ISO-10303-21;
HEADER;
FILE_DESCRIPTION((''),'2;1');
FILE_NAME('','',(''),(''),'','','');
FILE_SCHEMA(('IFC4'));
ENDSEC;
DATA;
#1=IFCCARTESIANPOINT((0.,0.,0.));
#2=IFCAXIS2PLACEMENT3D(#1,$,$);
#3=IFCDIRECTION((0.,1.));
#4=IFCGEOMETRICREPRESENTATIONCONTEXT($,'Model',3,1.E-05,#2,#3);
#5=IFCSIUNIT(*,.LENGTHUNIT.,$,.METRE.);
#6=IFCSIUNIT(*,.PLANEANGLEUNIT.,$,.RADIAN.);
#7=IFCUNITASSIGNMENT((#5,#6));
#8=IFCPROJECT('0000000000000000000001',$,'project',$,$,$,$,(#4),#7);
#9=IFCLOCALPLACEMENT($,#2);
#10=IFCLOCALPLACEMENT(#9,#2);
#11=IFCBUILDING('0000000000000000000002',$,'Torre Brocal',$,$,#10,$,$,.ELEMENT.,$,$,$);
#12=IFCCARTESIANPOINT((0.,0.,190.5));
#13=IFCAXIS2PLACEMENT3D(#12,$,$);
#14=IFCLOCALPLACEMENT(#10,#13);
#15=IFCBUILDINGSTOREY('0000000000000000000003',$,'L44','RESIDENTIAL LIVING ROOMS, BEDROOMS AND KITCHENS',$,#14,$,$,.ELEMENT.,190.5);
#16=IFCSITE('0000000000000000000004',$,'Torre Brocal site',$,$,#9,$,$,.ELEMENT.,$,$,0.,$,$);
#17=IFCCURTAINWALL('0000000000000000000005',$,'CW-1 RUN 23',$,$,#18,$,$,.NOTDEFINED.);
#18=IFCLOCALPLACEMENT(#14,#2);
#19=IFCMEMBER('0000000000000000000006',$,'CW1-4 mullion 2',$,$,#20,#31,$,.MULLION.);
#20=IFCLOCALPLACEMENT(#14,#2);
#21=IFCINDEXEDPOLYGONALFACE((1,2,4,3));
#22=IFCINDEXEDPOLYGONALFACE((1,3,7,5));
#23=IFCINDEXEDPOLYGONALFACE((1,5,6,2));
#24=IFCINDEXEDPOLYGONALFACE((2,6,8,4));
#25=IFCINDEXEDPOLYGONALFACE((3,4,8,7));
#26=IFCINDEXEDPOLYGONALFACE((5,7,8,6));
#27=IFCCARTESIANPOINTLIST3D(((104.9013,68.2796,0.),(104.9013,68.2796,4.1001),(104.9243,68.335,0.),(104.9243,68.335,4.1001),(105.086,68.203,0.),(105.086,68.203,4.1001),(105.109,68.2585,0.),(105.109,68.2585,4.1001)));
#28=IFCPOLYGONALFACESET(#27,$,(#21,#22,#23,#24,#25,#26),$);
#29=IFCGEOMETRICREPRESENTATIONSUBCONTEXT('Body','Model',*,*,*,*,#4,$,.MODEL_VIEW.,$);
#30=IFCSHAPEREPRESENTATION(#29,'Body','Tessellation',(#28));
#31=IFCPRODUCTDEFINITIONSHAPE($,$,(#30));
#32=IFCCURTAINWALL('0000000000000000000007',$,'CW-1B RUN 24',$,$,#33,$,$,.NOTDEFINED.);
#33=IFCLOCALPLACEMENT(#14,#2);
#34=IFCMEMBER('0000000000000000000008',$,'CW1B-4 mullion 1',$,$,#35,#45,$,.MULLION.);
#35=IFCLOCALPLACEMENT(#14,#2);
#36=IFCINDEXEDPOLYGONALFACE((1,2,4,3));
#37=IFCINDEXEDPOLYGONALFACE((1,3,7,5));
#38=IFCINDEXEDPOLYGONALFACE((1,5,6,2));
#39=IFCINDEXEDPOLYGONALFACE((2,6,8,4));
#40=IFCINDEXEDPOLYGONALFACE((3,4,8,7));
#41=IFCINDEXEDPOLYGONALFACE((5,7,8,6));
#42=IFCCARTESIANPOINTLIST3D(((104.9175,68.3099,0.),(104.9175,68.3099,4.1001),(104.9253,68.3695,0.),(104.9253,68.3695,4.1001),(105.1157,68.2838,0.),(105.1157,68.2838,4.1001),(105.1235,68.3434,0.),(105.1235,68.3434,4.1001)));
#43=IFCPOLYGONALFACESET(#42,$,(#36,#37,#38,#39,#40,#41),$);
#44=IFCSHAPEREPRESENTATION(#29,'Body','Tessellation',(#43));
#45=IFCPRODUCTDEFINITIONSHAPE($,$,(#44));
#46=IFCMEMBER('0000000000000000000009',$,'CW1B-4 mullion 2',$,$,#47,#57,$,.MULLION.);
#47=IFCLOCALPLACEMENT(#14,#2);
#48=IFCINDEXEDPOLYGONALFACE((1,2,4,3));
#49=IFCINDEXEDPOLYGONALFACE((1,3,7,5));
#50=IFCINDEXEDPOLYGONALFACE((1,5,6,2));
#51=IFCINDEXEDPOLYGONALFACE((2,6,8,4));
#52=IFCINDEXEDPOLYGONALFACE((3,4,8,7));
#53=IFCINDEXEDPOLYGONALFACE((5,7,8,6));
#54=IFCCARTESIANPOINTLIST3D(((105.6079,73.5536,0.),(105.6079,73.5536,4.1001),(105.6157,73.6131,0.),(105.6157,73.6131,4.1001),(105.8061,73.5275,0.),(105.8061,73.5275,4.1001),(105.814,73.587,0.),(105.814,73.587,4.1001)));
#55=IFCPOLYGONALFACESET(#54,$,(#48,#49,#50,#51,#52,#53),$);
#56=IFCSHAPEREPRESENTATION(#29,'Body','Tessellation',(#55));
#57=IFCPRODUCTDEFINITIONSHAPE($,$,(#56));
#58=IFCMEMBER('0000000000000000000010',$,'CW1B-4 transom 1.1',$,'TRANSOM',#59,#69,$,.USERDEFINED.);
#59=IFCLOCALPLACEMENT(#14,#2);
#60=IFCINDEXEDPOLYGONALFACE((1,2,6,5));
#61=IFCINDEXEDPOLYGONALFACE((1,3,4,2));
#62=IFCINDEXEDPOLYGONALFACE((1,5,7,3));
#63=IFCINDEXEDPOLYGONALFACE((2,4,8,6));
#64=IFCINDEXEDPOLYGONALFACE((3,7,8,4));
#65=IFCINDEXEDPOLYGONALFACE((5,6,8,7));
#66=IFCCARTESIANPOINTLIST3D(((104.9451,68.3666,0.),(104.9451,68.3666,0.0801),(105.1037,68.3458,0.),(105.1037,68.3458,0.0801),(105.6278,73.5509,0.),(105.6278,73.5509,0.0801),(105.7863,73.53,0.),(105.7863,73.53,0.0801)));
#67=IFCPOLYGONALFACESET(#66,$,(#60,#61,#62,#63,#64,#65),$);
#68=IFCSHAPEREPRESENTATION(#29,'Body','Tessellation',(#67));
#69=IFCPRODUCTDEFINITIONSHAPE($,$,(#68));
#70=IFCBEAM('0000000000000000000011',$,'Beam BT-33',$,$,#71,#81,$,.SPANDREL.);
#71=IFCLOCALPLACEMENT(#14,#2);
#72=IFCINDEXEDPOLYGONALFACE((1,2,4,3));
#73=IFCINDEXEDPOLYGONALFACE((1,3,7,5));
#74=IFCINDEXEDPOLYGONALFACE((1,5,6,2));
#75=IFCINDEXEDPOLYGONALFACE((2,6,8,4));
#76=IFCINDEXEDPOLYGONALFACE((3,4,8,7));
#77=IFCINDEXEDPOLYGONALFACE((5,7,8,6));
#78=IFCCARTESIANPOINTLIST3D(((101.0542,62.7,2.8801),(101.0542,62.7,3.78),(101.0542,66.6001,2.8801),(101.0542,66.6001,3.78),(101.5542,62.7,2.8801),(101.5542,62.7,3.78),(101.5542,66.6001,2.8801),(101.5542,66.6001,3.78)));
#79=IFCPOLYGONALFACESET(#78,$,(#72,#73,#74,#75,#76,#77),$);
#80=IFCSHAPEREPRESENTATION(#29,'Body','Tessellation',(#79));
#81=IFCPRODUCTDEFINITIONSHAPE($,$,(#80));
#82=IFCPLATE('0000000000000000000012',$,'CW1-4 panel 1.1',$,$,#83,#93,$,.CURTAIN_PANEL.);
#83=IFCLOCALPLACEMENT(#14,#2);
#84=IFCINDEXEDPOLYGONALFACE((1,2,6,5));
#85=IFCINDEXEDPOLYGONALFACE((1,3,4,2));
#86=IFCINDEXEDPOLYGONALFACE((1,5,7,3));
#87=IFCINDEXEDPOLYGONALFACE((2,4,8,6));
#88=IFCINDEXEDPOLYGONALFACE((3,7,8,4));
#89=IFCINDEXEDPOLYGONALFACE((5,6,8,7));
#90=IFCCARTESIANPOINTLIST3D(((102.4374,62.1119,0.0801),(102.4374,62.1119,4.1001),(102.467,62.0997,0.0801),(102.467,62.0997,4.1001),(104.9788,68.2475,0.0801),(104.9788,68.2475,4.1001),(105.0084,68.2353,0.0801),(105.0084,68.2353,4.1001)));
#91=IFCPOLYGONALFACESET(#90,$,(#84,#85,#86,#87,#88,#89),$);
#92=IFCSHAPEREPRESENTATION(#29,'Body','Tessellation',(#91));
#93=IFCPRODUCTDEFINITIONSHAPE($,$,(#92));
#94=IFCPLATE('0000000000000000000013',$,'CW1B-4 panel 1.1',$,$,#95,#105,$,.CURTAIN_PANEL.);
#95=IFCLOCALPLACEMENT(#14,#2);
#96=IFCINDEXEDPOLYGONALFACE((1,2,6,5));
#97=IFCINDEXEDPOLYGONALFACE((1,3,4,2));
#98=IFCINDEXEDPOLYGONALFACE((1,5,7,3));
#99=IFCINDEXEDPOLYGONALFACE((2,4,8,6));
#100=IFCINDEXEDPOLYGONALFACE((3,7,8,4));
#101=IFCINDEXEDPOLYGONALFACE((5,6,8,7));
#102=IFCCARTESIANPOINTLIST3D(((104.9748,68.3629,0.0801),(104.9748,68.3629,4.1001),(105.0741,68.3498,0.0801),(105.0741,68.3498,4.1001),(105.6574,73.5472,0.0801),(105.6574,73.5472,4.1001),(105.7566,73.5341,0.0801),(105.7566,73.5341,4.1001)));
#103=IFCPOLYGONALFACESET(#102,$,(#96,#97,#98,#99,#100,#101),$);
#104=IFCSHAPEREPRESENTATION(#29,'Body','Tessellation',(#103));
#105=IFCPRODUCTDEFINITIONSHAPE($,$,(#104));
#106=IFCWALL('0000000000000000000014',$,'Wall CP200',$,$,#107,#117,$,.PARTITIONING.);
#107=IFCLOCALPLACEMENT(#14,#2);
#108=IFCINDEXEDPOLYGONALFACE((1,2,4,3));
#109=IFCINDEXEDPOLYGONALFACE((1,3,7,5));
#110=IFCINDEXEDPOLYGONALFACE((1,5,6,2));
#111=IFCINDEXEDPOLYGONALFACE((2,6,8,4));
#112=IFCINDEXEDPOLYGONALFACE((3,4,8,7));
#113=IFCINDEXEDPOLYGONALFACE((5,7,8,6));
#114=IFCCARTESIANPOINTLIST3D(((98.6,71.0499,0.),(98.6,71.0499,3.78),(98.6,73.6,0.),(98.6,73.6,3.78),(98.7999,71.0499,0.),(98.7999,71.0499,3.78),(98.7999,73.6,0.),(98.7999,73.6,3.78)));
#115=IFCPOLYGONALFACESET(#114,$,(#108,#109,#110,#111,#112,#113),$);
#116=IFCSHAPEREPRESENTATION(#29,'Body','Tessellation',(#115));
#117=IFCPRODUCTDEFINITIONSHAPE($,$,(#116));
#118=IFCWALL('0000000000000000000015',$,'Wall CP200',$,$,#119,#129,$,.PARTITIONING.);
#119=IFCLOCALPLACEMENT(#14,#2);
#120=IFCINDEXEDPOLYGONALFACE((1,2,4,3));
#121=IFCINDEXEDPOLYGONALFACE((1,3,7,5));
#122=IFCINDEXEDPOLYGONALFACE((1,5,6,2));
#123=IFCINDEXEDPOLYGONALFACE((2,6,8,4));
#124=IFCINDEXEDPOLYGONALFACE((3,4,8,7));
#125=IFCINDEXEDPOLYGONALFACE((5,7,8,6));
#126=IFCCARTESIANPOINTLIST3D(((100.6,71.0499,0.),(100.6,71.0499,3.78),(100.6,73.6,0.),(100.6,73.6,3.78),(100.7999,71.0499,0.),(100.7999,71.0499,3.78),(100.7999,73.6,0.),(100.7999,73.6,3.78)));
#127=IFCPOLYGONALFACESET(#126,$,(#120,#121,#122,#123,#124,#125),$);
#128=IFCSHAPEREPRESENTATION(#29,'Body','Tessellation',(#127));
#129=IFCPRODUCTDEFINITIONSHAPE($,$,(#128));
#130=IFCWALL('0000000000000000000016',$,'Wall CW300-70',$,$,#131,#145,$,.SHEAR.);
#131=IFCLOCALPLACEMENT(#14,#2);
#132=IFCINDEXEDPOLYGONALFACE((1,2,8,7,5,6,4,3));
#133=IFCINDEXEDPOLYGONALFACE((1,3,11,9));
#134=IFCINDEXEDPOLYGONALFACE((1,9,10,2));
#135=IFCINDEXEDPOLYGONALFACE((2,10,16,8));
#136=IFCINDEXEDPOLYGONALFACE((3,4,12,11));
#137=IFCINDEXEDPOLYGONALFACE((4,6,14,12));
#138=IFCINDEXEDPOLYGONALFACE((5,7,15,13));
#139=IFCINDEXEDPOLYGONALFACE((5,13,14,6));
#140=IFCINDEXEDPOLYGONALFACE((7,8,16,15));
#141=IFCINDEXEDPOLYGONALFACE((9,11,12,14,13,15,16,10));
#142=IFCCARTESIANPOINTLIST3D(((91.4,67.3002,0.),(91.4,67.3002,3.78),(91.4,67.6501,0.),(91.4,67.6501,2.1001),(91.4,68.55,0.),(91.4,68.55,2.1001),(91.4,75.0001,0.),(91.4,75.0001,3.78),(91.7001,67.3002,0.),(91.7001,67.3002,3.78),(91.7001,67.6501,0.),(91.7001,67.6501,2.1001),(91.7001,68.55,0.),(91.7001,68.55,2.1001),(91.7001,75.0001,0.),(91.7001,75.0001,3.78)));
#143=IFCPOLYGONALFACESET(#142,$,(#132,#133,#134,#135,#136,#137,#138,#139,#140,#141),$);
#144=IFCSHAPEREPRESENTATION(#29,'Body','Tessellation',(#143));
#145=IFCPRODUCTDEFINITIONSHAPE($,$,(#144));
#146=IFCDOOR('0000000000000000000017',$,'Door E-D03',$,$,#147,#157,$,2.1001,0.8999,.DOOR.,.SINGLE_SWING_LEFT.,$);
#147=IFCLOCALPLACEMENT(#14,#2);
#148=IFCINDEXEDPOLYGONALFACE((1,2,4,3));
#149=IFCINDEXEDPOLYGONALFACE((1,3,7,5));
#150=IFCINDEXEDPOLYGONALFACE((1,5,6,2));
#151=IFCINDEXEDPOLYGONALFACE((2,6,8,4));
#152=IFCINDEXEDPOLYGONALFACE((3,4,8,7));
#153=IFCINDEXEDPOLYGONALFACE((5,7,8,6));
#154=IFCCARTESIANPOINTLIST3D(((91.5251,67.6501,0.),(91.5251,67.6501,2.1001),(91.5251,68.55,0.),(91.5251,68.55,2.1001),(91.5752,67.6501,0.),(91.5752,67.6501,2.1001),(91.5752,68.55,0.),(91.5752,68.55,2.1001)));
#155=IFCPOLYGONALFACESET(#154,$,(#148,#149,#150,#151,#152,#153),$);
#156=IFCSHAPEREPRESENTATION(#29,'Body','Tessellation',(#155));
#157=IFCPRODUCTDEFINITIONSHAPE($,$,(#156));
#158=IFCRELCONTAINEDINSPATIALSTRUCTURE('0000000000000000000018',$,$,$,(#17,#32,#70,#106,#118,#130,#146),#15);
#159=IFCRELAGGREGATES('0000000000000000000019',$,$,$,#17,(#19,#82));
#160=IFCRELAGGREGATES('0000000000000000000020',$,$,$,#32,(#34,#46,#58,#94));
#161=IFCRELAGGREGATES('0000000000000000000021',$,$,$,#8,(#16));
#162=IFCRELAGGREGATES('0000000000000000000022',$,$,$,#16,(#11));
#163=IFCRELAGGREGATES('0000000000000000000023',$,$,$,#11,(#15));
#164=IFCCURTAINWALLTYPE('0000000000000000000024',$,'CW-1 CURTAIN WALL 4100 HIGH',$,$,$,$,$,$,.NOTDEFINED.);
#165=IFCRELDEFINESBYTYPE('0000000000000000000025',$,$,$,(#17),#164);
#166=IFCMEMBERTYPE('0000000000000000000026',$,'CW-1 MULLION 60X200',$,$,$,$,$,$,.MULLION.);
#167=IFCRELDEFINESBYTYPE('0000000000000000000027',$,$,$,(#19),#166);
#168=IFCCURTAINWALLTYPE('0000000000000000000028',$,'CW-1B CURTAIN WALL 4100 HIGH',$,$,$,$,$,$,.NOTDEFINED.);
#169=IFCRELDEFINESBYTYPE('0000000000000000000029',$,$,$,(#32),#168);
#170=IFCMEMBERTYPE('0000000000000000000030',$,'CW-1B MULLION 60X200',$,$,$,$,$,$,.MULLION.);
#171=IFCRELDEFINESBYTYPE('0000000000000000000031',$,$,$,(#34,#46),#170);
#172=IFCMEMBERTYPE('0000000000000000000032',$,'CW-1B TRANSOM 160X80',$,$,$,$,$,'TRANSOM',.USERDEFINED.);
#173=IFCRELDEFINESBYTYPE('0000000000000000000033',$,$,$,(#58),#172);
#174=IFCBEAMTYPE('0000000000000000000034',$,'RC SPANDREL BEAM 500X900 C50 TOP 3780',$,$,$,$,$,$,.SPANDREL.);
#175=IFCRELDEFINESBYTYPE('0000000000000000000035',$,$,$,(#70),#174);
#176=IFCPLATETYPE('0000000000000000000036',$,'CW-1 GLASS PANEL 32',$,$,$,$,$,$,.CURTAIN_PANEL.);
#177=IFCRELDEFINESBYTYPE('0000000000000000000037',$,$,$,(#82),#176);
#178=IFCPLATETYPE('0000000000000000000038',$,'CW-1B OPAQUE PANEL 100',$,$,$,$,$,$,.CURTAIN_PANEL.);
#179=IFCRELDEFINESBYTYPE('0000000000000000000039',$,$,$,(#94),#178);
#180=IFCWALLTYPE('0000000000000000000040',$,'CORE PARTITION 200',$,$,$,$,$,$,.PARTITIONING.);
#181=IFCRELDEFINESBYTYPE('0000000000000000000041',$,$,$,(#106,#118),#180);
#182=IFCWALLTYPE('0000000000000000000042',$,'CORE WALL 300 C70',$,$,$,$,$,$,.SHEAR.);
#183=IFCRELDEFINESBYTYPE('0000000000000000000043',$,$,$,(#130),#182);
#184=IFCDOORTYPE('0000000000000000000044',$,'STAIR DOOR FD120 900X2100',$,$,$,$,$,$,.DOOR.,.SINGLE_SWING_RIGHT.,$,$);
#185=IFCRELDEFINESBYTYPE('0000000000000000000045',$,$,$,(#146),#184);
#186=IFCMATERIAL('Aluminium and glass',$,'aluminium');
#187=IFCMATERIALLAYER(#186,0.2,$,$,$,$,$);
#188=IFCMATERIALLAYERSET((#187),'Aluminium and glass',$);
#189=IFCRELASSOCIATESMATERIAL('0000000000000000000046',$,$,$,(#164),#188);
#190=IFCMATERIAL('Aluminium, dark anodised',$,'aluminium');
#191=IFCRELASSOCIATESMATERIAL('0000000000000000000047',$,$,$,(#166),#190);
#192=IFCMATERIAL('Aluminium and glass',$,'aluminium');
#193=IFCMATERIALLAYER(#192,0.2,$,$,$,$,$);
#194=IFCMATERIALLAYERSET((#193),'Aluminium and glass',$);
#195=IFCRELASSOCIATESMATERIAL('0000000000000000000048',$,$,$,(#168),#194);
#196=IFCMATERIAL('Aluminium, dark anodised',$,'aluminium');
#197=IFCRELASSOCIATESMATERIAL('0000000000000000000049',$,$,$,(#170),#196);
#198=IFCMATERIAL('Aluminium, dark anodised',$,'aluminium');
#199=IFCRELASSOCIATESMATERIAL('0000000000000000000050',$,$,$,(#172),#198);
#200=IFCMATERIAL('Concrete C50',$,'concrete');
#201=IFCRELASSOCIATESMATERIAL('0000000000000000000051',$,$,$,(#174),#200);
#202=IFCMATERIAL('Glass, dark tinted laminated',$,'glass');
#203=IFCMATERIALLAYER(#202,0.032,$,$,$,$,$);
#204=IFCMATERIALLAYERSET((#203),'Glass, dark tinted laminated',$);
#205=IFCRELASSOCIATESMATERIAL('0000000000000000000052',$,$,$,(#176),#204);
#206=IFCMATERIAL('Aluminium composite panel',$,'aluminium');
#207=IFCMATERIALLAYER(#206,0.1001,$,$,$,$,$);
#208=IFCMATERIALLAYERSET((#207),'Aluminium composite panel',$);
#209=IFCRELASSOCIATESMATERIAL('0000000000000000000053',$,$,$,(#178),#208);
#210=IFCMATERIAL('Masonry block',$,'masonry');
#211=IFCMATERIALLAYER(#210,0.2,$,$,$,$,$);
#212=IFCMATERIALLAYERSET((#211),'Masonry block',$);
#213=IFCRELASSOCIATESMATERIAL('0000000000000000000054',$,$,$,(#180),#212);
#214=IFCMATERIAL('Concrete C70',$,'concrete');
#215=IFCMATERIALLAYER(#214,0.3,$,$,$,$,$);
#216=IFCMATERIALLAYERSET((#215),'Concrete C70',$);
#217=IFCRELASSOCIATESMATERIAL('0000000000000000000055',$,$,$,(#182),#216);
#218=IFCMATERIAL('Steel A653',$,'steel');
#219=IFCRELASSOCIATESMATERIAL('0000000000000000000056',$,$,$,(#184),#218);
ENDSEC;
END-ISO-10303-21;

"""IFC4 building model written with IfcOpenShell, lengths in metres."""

from ifc_helpers import new_model, si_unit, direction, frame, frame_2d, origin, origin_2d, place, context, subcontext, project, spatial, rectangle, extrude, material, layer, layer_set, material_profile, profile_set, type_object, element, fill, aggregate, save


model = new_model("IFC4")

# Units and contexts
model_context = context("Model", 3, precision=1e-05, world=origin(), true_north=direction((0.0, 1.0)))
body_context = subcontext(model_context, "Body", "Model", "MODEL_VIEW")
ifc_project = project(units=[si_unit("LENGTHUNIT", "METRE"), si_unit("PLANEANGLEUNIT", "RADIAN")], contexts=[model_context])

# Site, building, storey
site_placement = place(None, origin())
site = spatial("IfcSite", under=ifc_project, at=site_placement, Name="Torre Brocal site", CompositionType="ELEMENT", RefElevation=0.0)
building_placement = place(site_placement, origin())
building = spatial("IfcBuilding", under=site, at=building_placement, Name="Torre Brocal", CompositionType="ELEMENT")
storey_placement = place(building_placement, frame((0.0, 0.0, 190.5)))
storey = spatial("IfcBuildingStorey", under=building, at=storey_placement, Name="L44", Description="RESIDENTIAL LIVING ROOMS, BEDROOMS AND KITCHENS", CompositionType="ELEMENT", Elevation=190.5)

# Curtain wall, member
ifc_material_1 = material(Name="Aluminium and glass", Category="aluminium")
ifc_layer_1 = layer(ifc_material_1, 0.2)
ifc_layer_set_1 = layer_set([ifc_layer_1], Name="Aluminium and glass")
curtain_wall_type_1 = type_object("IfcCurtainWallType", Name="CW-1 CURTAIN WALL 4100 HIGH", PredefinedType="NOTDEFINED", material=ifc_layer_set_1)
curtain_wall_1_placement = place(storey_placement, origin())
curtain_wall_1 = element("IfcCurtainWall", 1, at=curtain_wall_1_placement, inside=storey, type_object=curtain_wall_type_1, Name="CW-1 RUN 23", PredefinedType="NOTDEFINED")
ifc_material_2 = material(Name="Aluminium, dark anodised", Category="aluminium")
ifc_material_profile_1 = material_profile(ifc_material_2, rectangle(XDim=0.2, YDim=0.0601, at=origin_2d()), Name="CW-1 MULLION 60X200")
ifc_profile_set_1 = profile_set([ifc_material_profile_1], Name="Aluminium, dark anodised")
member_type_1 = type_object("IfcMemberType", Name="CW-1 MULLION 60X200", PredefinedType="MULLION", material=ifc_profile_set_1)
member_1_placement = place(storey_placement, frame((105.0051, 68.269, 0.0), z_axis=(0.0, 0.0, 1.0), x_axis=(-0.92388, 0.382683, 0.0)))
member_1 = element("IfcMember", 2, at=member_1_placement, type_object=member_type_1, Name="CW1-4 mullion 2", PredefinedType="MULLION", context=body_context, shape_type="SweptSolid", body=[
    extrude(rectangle(XDim=0.2, YDim=0.0601, at=origin_2d()), origin(), (0.0, 0.0, 1.0), 4.1001),
])

# Curtain wall, members
ifc_material_3 = material(Name="Aluminium and glass", Category="aluminium")
ifc_layer_2 = layer(ifc_material_3, 0.2)
ifc_layer_set_2 = layer_set([ifc_layer_2], Name="Aluminium and glass")
curtain_wall_type_2 = type_object("IfcCurtainWallType", Name="CW-1B CURTAIN WALL 4100 HIGH", PredefinedType="NOTDEFINED", material=ifc_layer_set_2)
curtain_wall_2_placement = place(storey_placement, origin())
curtain_wall_2 = element("IfcCurtainWall", 3, at=curtain_wall_2_placement, inside=storey, type_object=curtain_wall_type_2, Name="CW-1B RUN 24", PredefinedType="NOTDEFINED")
ifc_material_4 = material(Name="Aluminium, dark anodised", Category="aluminium")
ifc_material_profile_2 = material_profile(ifc_material_4, rectangle(XDim=0.2, YDim=0.0601, at=origin_2d()), Name="CW-1B MULLION 60X200")
ifc_profile_set_2 = profile_set([ifc_material_profile_2], Name="Aluminium, dark anodised")
member_type_2 = type_object("IfcMemberType", Name="CW-1B MULLION 60X200", PredefinedType="MULLION", material=ifc_profile_set_2)
member_2_placement = place(storey_placement, frame((105.0205, 68.3267, 0.0), z_axis=(0.0, 0.0, 1.0), x_axis=(-0.991445, 0.130526, 0.0)))
member_2 = element("IfcMember", 4, at=member_2_placement, type_object=member_type_2, Name="CW1B-4 mullion 1", PredefinedType="MULLION", context=body_context, shape_type="SweptSolid", body=[
    extrude(rectangle(XDim=0.2, YDim=0.0601, at=origin_2d()), origin(), (0.0, 0.0, 1.0), 4.1001),
])
member_3_placement = place(storey_placement, frame((105.7109, 73.5703, 0.0), z_axis=(0.0, 0.0, 1.0), x_axis=(-0.991445, 0.130526, 0.0)))
member_3 = element("IfcMember", 5, at=member_3_placement, type_object=member_type_2, Name="CW1B-4 mullion 2", PredefinedType="MULLION", context=body_context, shape_type="SweptSolid", body=[
    extrude(rectangle(XDim=0.2, YDim=0.0601, at=origin_2d()), origin(), (0.0, 0.0, 1.0), 4.1001),
])
ifc_material_5 = material(Name="Aluminium, dark anodised", Category="aluminium")
ifc_material_profile_3 = material_profile(ifc_material_5, rectangle(XDim=0.1599, YDim=0.0801, at=origin_2d()), Name="CW-1B TRANSOM 160X80")
ifc_profile_set_3 = profile_set([ifc_material_profile_3], Name="Aluminium, dark anodised")
member_type_3 = type_object("IfcMemberType", Name="CW-1B TRANSOM 160X80", ElementType="TRANSOM", PredefinedType="USERDEFINED", material=ifc_profile_set_3)
member_4_placement = place(storey_placement, frame((105.0244, 68.3562, 0.04), z_axis=(0.130543, 0.991443, 0.0), x_axis=(-0.991443, 0.130543, 0.0)))
member_4 = element("IfcMember", 6, at=member_4_placement, type_object=member_type_3, Name="CW1B-4 transom 1.1", ObjectType="TRANSOM", PredefinedType="USERDEFINED", context=body_context, shape_type="SweptSolid", body=[
    extrude(rectangle(XDim=0.1599, YDim=0.0801, at=origin_2d()), origin(), (0.0, 0.0, 1.0), 5.229),
])

# Beam
ifc_material_6 = material(Name="Concrete C50", Category="concrete")
ifc_material_profile_4 = material_profile(ifc_material_6, rectangle(XDim=0.5, YDim=0.8999, at=origin_2d()), Name="RC 500X900")
ifc_profile_set_4 = profile_set([ifc_material_profile_4], Name="Concrete C50")
beam_type = type_object("IfcBeamType", Name="RC SPANDREL BEAM 500X900 C50 TOP 3780", PredefinedType="SPANDREL", material=ifc_profile_set_4)
beam_placement = place(storey_placement, frame((101.3042, 62.7, 3.3301), z_axis=(0.0, 1.0, 0.0), x_axis=(-1.0, 0.0, 0.0)))
element("IfcBeam", 7, at=beam_placement, inside=storey, type_object=beam_type, Name="Beam BT-33", PredefinedType="SPANDREL", context=body_context, shape_type="SweptSolid", body=[
    extrude(rectangle(XDim=0.5, YDim=0.8999, at=origin_2d()), origin(), (0.0, 0.0, 1.0), 3.9001),
])

# Plates
ifc_material_7 = material(Name="Glass, dark tinted laminated", Category="glass")
ifc_layer_3 = layer(ifc_material_7, 0.032)
ifc_layer_set_3 = layer_set([ifc_layer_3], Name="Glass, dark tinted laminated")
plate_type_1 = type_object("IfcPlateType", Name="CW-1 GLASS PANEL 32", PredefinedType="CURTAIN_PANEL", material=ifc_layer_set_3)
plate_1_placement = place(storey_placement, frame((103.7229, 65.1736, 0.0801), z_axis=(0.0, 0.0, 1.0), x_axis=(0.382683, 0.92388, 0.0)))
plate_1 = element("IfcPlate", 8, at=plate_1_placement, type_object=plate_type_1, Name="CW1-4 panel 1.1", PredefinedType="CURTAIN_PANEL", context=body_context, shape_type="SweptSolid", body=[
    extrude(rectangle(XDim=6.6411, YDim=0.032, at=origin_2d()), origin(), (0.0, 0.0, 1.0), 4.02),
])
aggregate(curtain_wall_1, [member_1, plate_1])
ifc_material_8 = material(Name="Aluminium composite panel", Category="aluminium")
ifc_layer_4 = layer(ifc_material_8, 0.1001)
ifc_layer_set_4 = layer_set([ifc_layer_4], Name="Aluminium composite panel")
plate_type_2 = type_object("IfcPlateType", Name="CW-1B OPAQUE PANEL 100", PredefinedType="CURTAIN_PANEL", material=ifc_layer_set_4)
plate_2_placement = place(storey_placement, frame((105.3657, 70.9485, 0.0801), z_axis=(0.0, 0.0, 1.0), x_axis=(0.130526, 0.991445, 0.0)))
plate_2 = element("IfcPlate", 9, at=plate_2_placement, type_object=plate_type_2, Name="CW1B-4 panel 1.1", PredefinedType="CURTAIN_PANEL", context=body_context, shape_type="SweptSolid", body=[
    extrude(rectangle(XDim=5.229, YDim=0.1001, at=origin_2d()), origin(), (0.0, 0.0, 1.0), 4.02),
])
aggregate(curtain_wall_2, [member_2, member_3, member_4, plate_2])

# Walls
ifc_material_9 = material(Name="Masonry block", Category="masonry")
ifc_layer_5 = layer(ifc_material_9, 0.2)
ifc_layer_set_5 = layer_set([ifc_layer_5], Name="Masonry block")
wall_type_1 = type_object("IfcWallType", Name="CORE PARTITION 200", PredefinedType="PARTITIONING", material=ifc_layer_set_5)
for number, where, z_axis, x_axis, name in (
    (10, (98.7, 71.05, 0.0), (0.0, 0.0, 1.0), (0.0, 1.0, 0.0), "Wall CP200"),
    (11, (100.7, 71.05, 0.0), (0.0, 0.0, 1.0), (0.0, 1.0, 0.0), "Wall CP200"),
):
    element("IfcWall", number, at=place(storey_placement, frame(where, z_axis=z_axis, x_axis=x_axis)), inside=storey, type_object=wall_type_1, Name=name, PredefinedType="PARTITIONING", context=body_context, shape_type="SweptSolid", body=[
        extrude(rectangle(XDim=2.55, YDim=0.2, at=frame_2d((1.2749, 0.0))), origin(), (0.0, 0.0, 1.0), 3.78),
    ])

# Wall, opening, door
ifc_material_10 = material(Name="Concrete C70", Category="concrete")
ifc_layer_6 = layer(ifc_material_10, 0.3)
ifc_layer_set_6 = layer_set([ifc_layer_6], Name="Concrete C70")
wall_type_2 = type_object("IfcWallType", Name="CORE WALL 300 C70", PredefinedType="SHEAR", material=ifc_layer_set_6)
wall_1_placement = place(storey_placement, frame((91.55, 67.3, 0.0), z_axis=(0.0, 0.0, 1.0), x_axis=(0.0, 1.0, 0.0)))
wall_1 = element("IfcWall", 12, at=wall_1_placement, inside=storey, type_object=wall_type_2, Name="Wall CW300-70", PredefinedType="SHEAR", context=body_context, shape_type="SweptSolid", body=[
    extrude(rectangle(XDim=7.7, YDim=0.3, at=frame_2d((3.8501, 0.0))), origin(), (0.0, 0.0, 1.0), 3.78),
])
opening_1_placement = place(wall_1_placement, frame((0.3501, 0.0, 0.0)))
opening_1 = element("IfcOpeningElement", 13, at=opening_1_placement, cuts=wall_1, PredefinedType="OPENING", context=body_context, shape_type="SweptSolid", body=[
    extrude(rectangle(XDim=0.8999, YDim=2.1001, at=frame_2d((0.45, 1.05))), frame((0.0, 0.1599, 0.0), z_axis=(0.0, -1.0, 0.0), x_axis=(1.0, 0.0, 0.0)), (0.0, 0.0, 1.0), 0.3201),
])
ifc_material_11 = material(Name="Steel A653", Category="steel")
door_type_1 = type_object("IfcDoorType", Name="STAIR DOOR FD120 900X2100", OperationType="SINGLE_SWING_RIGHT", PredefinedType="DOOR", material=ifc_material_11)
door_1_placement = place(opening_1_placement, origin())
door_1 = element("IfcDoor", 14, at=door_1_placement, inside=storey, type_object=door_type_1, Name="Door E-D03", OperationType="SINGLE_SWING_LEFT", OverallHeight=2.1001, OverallWidth=0.8999, PredefinedType="DOOR", context=body_context, shape_type="SweptSolid", body=[
    extrude(rectangle(XDim=0.8999, YDim=2.1001, at=frame_2d((0.45, 1.05))), frame((0.0, 0.0249, 0.0), z_axis=(0.0, -1.0, 0.0), x_axis=(1.0, 0.0, 0.0)), (0.0, 0.0, 1.0), 0.05),
])
fill(opening_1, door_1)

save(model, "model.ifc")
